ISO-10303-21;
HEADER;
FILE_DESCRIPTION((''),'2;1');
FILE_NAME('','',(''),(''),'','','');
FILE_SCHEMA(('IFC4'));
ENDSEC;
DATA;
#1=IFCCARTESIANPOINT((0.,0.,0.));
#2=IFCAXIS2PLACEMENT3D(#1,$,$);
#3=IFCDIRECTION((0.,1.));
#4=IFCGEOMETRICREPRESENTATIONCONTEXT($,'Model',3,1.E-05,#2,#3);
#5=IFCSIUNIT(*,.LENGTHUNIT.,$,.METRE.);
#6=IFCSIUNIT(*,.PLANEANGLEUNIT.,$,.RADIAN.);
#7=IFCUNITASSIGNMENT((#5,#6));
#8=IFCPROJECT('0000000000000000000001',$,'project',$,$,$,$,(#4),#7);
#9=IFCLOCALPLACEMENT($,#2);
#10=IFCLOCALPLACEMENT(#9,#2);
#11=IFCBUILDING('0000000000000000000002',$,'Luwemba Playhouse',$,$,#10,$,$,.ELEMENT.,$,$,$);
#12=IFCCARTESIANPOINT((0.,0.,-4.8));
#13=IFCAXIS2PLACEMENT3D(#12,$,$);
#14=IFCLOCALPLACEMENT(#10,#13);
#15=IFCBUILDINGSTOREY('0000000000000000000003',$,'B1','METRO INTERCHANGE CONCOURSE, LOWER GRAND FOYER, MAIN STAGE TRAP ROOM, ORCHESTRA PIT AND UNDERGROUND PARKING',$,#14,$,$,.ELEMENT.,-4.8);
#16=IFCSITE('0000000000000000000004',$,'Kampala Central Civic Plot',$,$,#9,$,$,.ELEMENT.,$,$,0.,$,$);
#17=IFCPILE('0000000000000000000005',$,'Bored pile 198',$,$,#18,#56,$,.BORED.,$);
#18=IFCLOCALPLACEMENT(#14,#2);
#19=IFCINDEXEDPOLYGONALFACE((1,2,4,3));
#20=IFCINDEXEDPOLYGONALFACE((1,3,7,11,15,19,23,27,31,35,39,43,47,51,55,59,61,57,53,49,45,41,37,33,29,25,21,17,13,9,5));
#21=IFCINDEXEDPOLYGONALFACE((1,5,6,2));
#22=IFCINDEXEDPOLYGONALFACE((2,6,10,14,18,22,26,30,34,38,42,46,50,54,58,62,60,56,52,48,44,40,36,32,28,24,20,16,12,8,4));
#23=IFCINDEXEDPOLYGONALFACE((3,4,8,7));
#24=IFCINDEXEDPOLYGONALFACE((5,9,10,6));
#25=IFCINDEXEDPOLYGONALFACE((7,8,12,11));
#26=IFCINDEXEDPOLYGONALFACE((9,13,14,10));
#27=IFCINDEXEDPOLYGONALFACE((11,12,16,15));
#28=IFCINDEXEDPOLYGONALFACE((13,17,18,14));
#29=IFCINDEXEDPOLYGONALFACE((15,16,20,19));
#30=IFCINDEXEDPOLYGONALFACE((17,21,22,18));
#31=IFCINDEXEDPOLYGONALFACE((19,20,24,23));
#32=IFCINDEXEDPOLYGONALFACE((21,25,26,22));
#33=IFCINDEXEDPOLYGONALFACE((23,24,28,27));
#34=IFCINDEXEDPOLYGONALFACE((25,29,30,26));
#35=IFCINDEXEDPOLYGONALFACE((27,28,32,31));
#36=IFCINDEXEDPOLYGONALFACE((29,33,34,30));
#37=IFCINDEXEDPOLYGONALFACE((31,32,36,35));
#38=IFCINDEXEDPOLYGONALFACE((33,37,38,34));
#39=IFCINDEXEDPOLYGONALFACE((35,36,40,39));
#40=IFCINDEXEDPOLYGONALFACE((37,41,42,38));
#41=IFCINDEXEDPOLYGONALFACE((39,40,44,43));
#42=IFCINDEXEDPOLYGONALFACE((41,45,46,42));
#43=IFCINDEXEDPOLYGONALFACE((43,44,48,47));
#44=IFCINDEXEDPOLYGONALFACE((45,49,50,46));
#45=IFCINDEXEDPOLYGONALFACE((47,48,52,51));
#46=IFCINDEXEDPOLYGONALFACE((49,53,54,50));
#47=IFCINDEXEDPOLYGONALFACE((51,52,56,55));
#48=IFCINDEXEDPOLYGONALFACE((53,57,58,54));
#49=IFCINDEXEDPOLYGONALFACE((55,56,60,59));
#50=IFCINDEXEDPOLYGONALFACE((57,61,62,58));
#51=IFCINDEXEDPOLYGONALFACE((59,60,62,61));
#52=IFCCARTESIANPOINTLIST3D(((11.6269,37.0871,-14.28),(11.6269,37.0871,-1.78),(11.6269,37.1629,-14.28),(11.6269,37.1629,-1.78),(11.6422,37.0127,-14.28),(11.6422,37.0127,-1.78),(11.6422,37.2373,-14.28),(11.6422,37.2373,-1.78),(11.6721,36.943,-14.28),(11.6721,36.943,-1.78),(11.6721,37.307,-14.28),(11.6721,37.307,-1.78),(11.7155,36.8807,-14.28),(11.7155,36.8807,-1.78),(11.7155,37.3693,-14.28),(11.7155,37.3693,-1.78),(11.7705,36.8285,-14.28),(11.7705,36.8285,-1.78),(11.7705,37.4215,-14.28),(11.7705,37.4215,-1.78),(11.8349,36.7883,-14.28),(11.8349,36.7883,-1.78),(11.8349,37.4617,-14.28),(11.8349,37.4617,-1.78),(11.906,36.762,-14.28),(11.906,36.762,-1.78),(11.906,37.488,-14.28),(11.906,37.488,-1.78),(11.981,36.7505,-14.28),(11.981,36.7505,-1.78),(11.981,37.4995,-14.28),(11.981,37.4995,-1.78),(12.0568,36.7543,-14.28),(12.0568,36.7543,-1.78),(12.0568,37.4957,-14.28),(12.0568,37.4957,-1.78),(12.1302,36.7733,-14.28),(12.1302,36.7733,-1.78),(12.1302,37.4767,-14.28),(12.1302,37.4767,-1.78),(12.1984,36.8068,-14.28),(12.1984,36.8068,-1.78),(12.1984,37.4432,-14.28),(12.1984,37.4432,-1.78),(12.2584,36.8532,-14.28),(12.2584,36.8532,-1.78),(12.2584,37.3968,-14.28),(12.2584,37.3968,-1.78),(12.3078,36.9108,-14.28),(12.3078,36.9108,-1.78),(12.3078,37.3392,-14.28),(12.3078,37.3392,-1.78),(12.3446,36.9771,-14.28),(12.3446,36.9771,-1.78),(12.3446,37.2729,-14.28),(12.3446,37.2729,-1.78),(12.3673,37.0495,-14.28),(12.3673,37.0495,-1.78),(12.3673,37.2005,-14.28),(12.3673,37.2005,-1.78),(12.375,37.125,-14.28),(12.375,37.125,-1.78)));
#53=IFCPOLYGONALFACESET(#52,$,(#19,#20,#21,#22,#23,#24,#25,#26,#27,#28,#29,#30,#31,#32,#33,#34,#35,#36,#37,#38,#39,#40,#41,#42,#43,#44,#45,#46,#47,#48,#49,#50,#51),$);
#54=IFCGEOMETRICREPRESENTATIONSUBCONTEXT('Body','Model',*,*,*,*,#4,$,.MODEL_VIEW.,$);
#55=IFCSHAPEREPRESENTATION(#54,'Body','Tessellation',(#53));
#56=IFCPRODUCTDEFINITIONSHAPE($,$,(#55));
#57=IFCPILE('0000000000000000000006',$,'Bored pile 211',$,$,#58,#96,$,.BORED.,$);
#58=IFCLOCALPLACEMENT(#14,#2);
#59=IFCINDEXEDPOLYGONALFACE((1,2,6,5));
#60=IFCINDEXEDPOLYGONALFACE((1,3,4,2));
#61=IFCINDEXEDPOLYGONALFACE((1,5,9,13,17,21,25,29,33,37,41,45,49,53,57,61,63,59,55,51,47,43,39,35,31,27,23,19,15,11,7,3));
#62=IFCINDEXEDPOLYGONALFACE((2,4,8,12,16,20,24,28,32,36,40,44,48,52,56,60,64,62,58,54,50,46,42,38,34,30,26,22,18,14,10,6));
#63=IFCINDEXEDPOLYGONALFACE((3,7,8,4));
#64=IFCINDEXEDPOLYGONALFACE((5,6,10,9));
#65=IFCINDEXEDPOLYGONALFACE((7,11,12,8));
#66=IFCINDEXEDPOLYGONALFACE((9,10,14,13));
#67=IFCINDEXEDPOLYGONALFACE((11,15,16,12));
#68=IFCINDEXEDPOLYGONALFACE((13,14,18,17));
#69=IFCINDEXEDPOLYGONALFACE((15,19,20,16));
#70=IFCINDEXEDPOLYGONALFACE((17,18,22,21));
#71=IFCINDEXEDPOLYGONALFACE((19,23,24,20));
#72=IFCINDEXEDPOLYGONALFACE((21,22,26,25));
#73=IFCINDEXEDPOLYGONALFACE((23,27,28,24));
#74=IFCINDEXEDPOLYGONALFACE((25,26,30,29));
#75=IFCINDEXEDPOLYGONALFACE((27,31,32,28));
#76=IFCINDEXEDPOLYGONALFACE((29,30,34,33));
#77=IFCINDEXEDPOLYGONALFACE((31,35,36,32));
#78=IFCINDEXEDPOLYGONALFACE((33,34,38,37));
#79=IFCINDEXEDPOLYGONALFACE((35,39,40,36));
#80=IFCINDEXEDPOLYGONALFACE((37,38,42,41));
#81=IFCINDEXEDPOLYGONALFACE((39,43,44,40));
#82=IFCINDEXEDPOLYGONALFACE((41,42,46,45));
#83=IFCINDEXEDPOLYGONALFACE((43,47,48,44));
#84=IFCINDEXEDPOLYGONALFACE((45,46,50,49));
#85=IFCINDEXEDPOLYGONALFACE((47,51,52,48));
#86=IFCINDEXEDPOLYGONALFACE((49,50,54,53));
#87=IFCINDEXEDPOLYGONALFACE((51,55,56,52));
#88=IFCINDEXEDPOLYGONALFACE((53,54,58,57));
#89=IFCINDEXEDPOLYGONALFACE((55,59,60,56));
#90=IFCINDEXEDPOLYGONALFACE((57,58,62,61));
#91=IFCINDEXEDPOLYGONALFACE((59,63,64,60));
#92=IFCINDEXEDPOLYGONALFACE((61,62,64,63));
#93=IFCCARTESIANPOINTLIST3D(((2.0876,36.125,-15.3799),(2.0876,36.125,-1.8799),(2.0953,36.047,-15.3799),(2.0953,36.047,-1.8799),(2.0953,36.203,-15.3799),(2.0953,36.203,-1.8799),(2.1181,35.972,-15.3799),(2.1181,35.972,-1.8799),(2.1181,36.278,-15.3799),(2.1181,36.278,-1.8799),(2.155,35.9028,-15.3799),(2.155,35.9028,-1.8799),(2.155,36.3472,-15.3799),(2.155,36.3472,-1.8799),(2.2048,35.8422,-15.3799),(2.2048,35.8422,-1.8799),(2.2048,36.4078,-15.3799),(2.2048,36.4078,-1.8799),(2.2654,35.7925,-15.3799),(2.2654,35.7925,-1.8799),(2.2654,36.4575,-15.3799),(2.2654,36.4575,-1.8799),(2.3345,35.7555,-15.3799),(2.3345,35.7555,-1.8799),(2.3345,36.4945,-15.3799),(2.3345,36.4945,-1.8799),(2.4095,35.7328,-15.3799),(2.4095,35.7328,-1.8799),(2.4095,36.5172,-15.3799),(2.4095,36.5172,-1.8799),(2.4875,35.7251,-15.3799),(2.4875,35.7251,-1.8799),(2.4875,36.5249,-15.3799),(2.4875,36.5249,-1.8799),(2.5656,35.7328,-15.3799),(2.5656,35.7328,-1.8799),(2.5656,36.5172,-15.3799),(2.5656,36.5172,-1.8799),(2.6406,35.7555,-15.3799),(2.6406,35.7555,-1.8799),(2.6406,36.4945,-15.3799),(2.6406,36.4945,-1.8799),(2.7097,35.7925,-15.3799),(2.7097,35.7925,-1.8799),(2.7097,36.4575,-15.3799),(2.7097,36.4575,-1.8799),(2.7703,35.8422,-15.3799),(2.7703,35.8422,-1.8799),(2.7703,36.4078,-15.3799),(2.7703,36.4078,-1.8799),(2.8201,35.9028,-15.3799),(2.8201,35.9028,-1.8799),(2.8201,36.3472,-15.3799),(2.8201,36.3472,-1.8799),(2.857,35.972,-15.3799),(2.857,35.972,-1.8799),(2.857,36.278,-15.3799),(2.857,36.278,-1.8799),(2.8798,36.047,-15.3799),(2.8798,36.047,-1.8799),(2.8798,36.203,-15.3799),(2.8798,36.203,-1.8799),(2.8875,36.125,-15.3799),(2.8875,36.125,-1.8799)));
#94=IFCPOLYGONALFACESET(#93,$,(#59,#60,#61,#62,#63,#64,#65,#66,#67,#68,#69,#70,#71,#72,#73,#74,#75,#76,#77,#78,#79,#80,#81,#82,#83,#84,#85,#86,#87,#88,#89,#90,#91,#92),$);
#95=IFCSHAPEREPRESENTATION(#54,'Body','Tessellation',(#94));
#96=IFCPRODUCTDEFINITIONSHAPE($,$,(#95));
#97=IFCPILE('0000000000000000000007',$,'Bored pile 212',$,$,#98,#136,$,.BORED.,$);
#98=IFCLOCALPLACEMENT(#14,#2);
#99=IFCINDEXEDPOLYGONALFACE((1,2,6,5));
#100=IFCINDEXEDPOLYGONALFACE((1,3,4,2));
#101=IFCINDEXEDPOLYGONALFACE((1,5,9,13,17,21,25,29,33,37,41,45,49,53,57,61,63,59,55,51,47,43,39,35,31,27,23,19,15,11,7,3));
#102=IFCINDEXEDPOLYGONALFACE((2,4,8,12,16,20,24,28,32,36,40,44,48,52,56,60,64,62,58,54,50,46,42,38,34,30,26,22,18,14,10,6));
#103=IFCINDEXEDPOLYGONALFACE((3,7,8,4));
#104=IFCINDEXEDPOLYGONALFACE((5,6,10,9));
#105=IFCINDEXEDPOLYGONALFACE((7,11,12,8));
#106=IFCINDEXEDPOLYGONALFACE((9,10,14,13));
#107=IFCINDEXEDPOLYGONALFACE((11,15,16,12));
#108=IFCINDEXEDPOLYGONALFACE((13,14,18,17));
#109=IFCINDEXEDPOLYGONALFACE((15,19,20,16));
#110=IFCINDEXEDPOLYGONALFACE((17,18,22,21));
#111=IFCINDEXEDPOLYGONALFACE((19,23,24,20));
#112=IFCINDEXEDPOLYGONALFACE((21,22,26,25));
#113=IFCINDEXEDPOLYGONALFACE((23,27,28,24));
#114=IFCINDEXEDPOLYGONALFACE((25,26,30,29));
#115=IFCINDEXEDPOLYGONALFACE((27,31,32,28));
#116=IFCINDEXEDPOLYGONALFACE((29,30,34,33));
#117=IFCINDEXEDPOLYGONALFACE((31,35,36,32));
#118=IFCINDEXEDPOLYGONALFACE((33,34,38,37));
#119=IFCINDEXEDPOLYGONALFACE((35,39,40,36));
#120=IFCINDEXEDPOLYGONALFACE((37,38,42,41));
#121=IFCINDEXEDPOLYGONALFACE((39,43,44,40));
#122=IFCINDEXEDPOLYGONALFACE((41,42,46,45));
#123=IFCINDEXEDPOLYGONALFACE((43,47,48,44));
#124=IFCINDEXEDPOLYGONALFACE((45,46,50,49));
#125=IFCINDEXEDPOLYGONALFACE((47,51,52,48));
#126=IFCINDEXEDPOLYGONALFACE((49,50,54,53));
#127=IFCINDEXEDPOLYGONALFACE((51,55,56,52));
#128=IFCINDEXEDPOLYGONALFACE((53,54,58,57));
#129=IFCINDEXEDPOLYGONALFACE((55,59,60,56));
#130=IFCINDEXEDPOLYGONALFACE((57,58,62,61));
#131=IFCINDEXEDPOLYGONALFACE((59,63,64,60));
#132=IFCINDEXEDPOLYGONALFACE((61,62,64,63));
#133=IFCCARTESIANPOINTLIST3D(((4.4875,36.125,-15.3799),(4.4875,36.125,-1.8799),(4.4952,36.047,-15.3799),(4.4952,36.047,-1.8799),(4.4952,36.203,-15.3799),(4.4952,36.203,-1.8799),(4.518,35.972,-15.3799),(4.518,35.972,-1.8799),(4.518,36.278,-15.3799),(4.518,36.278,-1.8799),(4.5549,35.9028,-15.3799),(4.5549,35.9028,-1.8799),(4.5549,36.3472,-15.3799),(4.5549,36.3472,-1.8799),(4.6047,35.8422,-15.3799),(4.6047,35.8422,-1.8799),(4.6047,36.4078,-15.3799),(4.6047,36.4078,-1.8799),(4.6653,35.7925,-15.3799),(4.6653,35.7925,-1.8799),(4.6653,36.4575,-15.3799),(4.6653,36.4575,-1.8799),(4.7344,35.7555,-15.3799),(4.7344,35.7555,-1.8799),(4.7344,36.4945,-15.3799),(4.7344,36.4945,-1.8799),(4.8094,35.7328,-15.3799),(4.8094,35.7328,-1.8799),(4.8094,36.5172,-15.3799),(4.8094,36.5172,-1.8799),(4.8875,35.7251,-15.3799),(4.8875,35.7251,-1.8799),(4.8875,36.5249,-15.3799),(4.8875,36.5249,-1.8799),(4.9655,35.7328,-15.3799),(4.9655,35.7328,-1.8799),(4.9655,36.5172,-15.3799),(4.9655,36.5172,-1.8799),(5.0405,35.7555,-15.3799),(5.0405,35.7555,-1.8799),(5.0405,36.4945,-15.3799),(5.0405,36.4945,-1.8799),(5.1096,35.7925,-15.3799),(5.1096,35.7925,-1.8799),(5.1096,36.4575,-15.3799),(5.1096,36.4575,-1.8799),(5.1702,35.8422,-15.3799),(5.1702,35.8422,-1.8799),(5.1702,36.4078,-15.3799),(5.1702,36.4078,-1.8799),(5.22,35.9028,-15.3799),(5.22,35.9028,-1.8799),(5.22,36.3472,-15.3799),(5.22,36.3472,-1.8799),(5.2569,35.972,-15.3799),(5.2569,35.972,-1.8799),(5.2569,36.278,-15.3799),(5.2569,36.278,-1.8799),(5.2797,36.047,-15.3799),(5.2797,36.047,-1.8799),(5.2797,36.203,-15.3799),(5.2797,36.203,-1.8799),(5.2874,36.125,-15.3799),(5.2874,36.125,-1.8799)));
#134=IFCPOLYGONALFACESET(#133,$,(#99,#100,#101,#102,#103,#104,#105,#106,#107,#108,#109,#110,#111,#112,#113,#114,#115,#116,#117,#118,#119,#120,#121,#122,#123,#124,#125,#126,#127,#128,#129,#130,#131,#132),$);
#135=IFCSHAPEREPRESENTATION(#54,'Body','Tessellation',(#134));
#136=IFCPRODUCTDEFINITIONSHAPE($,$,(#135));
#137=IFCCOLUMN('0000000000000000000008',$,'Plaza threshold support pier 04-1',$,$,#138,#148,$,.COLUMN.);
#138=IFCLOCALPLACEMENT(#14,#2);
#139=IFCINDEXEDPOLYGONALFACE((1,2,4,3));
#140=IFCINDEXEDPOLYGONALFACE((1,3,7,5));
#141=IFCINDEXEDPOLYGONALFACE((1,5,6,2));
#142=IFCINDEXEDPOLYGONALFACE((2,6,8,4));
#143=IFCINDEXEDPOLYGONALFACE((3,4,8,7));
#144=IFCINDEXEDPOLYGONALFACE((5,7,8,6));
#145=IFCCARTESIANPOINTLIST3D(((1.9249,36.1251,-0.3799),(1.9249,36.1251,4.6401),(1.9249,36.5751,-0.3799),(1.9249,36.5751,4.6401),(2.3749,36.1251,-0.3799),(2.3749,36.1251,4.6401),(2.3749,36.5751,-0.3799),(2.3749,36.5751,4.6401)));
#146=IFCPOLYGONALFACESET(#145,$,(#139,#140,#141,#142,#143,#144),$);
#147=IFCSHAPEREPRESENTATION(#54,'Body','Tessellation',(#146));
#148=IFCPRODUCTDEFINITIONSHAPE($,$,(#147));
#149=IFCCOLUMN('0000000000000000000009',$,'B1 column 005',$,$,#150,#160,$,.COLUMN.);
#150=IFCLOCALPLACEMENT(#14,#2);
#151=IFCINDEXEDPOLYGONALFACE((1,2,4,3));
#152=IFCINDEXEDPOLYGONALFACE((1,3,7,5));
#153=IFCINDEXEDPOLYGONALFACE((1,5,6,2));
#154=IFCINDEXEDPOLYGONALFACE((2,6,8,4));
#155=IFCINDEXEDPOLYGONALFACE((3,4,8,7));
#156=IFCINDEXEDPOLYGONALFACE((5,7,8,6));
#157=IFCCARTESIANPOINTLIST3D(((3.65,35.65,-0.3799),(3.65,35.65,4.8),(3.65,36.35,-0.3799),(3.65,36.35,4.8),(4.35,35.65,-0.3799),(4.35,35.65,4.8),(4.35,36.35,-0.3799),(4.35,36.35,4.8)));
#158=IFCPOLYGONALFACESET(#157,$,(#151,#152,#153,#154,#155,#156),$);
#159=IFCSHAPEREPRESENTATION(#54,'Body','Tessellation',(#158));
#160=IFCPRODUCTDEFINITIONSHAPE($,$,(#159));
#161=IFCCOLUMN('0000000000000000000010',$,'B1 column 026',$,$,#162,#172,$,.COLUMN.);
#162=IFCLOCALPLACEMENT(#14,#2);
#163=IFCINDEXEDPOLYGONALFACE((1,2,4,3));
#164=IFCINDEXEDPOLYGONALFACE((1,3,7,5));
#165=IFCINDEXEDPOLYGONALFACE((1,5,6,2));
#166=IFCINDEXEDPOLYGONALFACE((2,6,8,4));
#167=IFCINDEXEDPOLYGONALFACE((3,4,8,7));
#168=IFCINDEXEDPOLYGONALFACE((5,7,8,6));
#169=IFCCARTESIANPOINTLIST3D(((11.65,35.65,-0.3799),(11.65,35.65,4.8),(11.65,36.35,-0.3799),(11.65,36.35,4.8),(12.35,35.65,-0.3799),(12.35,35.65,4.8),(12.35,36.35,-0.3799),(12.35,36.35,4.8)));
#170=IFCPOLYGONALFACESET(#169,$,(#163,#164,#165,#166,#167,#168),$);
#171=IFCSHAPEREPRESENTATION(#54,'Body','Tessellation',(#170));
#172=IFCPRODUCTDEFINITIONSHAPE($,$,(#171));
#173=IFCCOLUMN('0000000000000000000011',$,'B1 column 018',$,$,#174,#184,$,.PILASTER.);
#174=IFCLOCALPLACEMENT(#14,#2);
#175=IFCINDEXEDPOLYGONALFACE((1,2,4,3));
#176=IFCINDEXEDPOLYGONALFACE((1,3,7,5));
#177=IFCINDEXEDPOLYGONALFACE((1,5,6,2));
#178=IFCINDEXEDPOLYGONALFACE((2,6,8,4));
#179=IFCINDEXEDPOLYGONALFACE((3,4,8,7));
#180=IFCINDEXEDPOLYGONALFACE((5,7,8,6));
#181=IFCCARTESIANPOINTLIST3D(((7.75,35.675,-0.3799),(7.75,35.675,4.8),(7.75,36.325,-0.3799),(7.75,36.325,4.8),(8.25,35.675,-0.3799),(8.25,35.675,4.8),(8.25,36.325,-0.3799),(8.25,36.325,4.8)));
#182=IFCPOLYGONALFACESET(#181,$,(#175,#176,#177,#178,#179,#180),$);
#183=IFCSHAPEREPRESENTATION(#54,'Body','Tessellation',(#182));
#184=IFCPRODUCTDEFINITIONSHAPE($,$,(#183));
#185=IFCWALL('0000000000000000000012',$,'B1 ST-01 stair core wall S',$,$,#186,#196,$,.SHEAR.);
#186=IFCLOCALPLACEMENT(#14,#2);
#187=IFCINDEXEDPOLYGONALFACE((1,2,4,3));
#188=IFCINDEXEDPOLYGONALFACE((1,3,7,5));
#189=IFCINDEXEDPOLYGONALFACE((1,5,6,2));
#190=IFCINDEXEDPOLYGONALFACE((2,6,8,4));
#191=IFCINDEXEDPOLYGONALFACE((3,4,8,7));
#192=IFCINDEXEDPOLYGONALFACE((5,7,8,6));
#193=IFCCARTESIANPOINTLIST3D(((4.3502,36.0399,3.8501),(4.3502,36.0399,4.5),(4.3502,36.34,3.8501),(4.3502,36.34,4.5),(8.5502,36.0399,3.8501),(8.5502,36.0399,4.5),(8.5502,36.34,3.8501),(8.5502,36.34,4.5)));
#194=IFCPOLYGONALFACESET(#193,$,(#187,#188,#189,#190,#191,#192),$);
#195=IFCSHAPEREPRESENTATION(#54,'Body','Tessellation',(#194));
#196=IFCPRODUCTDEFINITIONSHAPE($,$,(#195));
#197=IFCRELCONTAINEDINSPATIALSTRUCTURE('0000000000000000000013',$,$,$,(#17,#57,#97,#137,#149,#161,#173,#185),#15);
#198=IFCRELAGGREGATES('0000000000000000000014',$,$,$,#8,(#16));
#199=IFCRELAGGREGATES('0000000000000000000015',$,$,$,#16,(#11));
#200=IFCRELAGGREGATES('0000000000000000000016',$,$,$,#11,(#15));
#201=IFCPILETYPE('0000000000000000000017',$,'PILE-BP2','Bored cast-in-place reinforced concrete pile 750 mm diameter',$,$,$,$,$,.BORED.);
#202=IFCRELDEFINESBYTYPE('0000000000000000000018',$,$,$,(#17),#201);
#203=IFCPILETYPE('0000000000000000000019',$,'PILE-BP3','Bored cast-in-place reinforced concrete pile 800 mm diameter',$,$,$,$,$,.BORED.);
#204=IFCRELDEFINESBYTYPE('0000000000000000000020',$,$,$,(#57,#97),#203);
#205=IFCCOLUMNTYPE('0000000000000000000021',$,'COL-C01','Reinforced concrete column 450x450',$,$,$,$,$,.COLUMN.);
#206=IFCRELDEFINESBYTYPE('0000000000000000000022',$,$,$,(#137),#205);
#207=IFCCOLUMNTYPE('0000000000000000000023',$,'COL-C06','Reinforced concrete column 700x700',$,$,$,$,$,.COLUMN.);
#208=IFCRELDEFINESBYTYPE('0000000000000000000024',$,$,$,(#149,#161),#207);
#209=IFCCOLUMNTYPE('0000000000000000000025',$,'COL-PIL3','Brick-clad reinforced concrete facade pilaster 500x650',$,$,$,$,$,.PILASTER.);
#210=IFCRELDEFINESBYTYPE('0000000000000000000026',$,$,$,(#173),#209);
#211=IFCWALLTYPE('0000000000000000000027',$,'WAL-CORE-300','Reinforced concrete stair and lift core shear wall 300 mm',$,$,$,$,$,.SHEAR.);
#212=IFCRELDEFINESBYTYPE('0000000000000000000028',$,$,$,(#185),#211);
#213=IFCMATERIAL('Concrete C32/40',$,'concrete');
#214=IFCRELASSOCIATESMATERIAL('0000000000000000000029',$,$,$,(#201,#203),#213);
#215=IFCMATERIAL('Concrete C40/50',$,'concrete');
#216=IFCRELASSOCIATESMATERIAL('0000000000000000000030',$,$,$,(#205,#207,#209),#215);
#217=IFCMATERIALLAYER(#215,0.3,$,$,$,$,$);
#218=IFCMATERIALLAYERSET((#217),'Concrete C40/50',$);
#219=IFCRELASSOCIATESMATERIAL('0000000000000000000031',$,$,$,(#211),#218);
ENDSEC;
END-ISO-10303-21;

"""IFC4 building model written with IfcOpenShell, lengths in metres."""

from ifc_helpers import new_model, si_unit, direction, frame, frame_2d, origin, origin_2d, place, context, subcontext, project, spatial, rectangle, circle, extrude, material, layer, layer_set, material_profile, profile_set, type_object, element, save


model = new_model("IFC4")

# Units and contexts
model_context = context("Model", 3, precision=1e-05, world=origin(), true_north=direction((0.0, 1.0)))
body_context = subcontext(model_context, "Body", "Model", "MODEL_VIEW")
ifc_project = project(units=[si_unit("LENGTHUNIT", "METRE"), si_unit("PLANEANGLEUNIT", "RADIAN")], contexts=[model_context])

# Site, building, storey
site_placement = place(None, origin())
site = spatial("IfcSite", under=ifc_project, at=site_placement, Name="Kampala Central Civic Plot", CompositionType="ELEMENT", RefElevation=0.0)
building_placement = place(site_placement, origin())
building = spatial("IfcBuilding", under=site, at=building_placement, Name="Luwemba Playhouse", CompositionType="ELEMENT")
storey_placement = place(building_placement, frame((0.0, 0.0, -4.8)))
storey = spatial("IfcBuildingStorey", under=building, at=storey_placement, Name="B1", Description="METRO INTERCHANGE CONCOURSE, LOWER GRAND FOYER, MAIN STAGE TRAP ROOM, ORCHESTRA PIT AND UNDERGROUND PARKING", CompositionType="ELEMENT", Elevation=-4.8)

# Shared definitions
ifc_material_1 = material(Name="Concrete C32/40", Category="concrete")

# Piles
ifc_material_profile_1 = material_profile(ifc_material_1, circle(Radius=0.375, at=origin_2d()))
ifc_profile_set_1 = profile_set([ifc_material_profile_1], Name="Concrete C32/40")
pile_type_1 = type_object("IfcPileType", Name="PILE-BP2", Description="Bored cast-in-place reinforced concrete pile 750 mm diameter", PredefinedType="BORED", material=ifc_profile_set_1)
for number, where, z_axis, x_axis, name in (
    (1, (12.0, 37.125, -1.78), (0.0, 0.0, -1.0), (1.0, 0.0, 0.0), "Bored pile 198"),
):
    element("IfcPile", number, at=place(storey_placement, frame(where, z_axis=z_axis, x_axis=x_axis)), inside=storey, type_object=pile_type_1, Name=name, PredefinedType="BORED", context=body_context, shape_type="SweptSolid", body=[
        extrude(circle(Radius=0.375, at=origin_2d()), origin(), (0.0, 0.0, 1.0), 12.5),
    ])
ifc_material_profile_2 = material_profile(ifc_material_1, circle(Radius=0.3999, at=origin_2d()))
ifc_profile_set_2 = profile_set([ifc_material_profile_2], Name="Concrete C32/40")
pile_type_2 = type_object("IfcPileType", Name="PILE-BP3", Description="Bored cast-in-place reinforced concrete pile 800 mm diameter", PredefinedType="BORED", material=ifc_profile_set_2)
for number, where, z_axis, x_axis, name in (
    (2, (2.4875, 36.125, -1.8799), (0.0, 0.0, -1.0), (1.0, 0.0, 0.0), "Bored pile 211"),
    (3, (4.8875, 36.125, -1.8799), (0.0, 0.0, -1.0), (1.0, 0.0, 0.0), "Bored pile 212"),
):
    element("IfcPile", number, at=place(storey_placement, frame(where, z_axis=z_axis, x_axis=x_axis)), inside=storey, type_object=pile_type_2, Name=name, PredefinedType="BORED", context=body_context, shape_type="SweptSolid", body=[
        extrude(circle(Radius=0.3999, at=origin_2d()), origin(), (0.0, 0.0, 1.0), 13.5),
    ])

# Columns
ifc_material_2 = material(Name="Concrete C40/50", Category="concrete")
ifc_material_profile_3 = material_profile(ifc_material_2, rectangle(XDim=0.45, YDim=0.45, at=origin_2d()))
ifc_profile_set_3 = profile_set([ifc_material_profile_3], Name="Concrete C40/50")
column_type_1 = type_object("IfcColumnType", Name="COL-C01", Description="Reinforced concrete column 450x450", PredefinedType="COLUMN", material=ifc_profile_set_3)
column_1_placement = place(storey_placement, frame((2.1499, 36.3501, -0.3799), z_axis=(0.0, 0.0, 1.0), x_axis=(1.0, 0.0, 0.0)))
element("IfcColumn", 4, at=column_1_placement, inside=storey, type_object=column_type_1, Name="Plaza threshold support pier 04-1", PredefinedType="COLUMN", context=body_context, shape_type="SweptSolid", body=[
    extrude(rectangle(XDim=0.45, YDim=0.45, at=origin_2d()), origin(), (0.0, 0.0, 1.0), 5.02),
])
ifc_material_profile_4 = material_profile(ifc_material_2, rectangle(XDim=0.7, YDim=0.7, at=origin_2d()))
ifc_profile_set_4 = profile_set([ifc_material_profile_4], Name="Concrete C40/50")
column_type_2 = type_object("IfcColumnType", Name="COL-C06", Description="Reinforced concrete column 700x700", PredefinedType="COLUMN", material=ifc_profile_set_4)
for number, where, z_axis, x_axis, name in (
    (5, (4.0, 36.0, -0.3799), (0.0, 0.0, 1.0), (1.0, 0.0, 0.0), "B1 column 005"),
    (6, (12.0, 36.0, -0.3799), (0.0, 0.0, 1.0), (1.0, 0.0, 0.0), "B1 column 026"),
):
    element("IfcColumn", number, at=place(storey_placement, frame(where, z_axis=z_axis, x_axis=x_axis)), inside=storey, type_object=column_type_2, Name=name, PredefinedType="COLUMN", context=body_context, shape_type="SweptSolid", body=[
        extrude(rectangle(XDim=0.7, YDim=0.7, at=origin_2d()), origin(), (0.0, 0.0, 1.0), 5.1799),
    ])
ifc_material_profile_5 = material_profile(ifc_material_2, rectangle(XDim=0.5, YDim=0.6499, at=origin_2d()))
ifc_profile_set_5 = profile_set([ifc_material_profile_5], Name="Concrete C40/50")
column_type_3 = type_object("IfcColumnType", Name="COL-PIL3", Description="Brick-clad reinforced concrete facade pilaster 500x650", PredefinedType="PILASTER", material=ifc_profile_set_5)
column_2_placement = place(storey_placement, frame((8.0, 36.0, -0.3799), z_axis=(0.0, 0.0, 1.0), x_axis=(1.0, 0.0, 0.0)))
element("IfcColumn", 7, at=column_2_placement, inside=storey, type_object=column_type_3, Name="B1 column 018", PredefinedType="PILASTER", context=body_context, shape_type="SweptSolid", body=[
    extrude(rectangle(XDim=0.5, YDim=0.6499, at=origin_2d()), origin(), (0.0, 0.0, 1.0), 5.1799),
])

# Wall
ifc_layer_1 = layer(ifc_material_2, 0.3)
ifc_layer_set_1 = layer_set([ifc_layer_1], Name="Concrete C40/50")
wall_type_1 = type_object("IfcWallType", Name="WAL-CORE-300", Description="Reinforced concrete stair and lift core shear wall 300 mm", PredefinedType="SHEAR", material=ifc_layer_set_1)
wall_1_placement = place(storey_placement, frame((4.3501, 36.1899, 3.8501), z_axis=(0.0, 0.0, 1.0), x_axis=(1.0, 0.0, 0.0)))
element("IfcWall", 8, at=wall_1_placement, inside=storey, type_object=wall_type_1, Name="B1 ST-01 stair core wall S", PredefinedType="SHEAR", context=body_context, shape_type="SweptSolid", body=[
    extrude(rectangle(XDim=4.2, YDim=0.3, at=frame_2d((2.1001, 0.0))), origin(), (0.0, 0.0, 1.0), 0.6499),
])

save(model, "model.ifc")
